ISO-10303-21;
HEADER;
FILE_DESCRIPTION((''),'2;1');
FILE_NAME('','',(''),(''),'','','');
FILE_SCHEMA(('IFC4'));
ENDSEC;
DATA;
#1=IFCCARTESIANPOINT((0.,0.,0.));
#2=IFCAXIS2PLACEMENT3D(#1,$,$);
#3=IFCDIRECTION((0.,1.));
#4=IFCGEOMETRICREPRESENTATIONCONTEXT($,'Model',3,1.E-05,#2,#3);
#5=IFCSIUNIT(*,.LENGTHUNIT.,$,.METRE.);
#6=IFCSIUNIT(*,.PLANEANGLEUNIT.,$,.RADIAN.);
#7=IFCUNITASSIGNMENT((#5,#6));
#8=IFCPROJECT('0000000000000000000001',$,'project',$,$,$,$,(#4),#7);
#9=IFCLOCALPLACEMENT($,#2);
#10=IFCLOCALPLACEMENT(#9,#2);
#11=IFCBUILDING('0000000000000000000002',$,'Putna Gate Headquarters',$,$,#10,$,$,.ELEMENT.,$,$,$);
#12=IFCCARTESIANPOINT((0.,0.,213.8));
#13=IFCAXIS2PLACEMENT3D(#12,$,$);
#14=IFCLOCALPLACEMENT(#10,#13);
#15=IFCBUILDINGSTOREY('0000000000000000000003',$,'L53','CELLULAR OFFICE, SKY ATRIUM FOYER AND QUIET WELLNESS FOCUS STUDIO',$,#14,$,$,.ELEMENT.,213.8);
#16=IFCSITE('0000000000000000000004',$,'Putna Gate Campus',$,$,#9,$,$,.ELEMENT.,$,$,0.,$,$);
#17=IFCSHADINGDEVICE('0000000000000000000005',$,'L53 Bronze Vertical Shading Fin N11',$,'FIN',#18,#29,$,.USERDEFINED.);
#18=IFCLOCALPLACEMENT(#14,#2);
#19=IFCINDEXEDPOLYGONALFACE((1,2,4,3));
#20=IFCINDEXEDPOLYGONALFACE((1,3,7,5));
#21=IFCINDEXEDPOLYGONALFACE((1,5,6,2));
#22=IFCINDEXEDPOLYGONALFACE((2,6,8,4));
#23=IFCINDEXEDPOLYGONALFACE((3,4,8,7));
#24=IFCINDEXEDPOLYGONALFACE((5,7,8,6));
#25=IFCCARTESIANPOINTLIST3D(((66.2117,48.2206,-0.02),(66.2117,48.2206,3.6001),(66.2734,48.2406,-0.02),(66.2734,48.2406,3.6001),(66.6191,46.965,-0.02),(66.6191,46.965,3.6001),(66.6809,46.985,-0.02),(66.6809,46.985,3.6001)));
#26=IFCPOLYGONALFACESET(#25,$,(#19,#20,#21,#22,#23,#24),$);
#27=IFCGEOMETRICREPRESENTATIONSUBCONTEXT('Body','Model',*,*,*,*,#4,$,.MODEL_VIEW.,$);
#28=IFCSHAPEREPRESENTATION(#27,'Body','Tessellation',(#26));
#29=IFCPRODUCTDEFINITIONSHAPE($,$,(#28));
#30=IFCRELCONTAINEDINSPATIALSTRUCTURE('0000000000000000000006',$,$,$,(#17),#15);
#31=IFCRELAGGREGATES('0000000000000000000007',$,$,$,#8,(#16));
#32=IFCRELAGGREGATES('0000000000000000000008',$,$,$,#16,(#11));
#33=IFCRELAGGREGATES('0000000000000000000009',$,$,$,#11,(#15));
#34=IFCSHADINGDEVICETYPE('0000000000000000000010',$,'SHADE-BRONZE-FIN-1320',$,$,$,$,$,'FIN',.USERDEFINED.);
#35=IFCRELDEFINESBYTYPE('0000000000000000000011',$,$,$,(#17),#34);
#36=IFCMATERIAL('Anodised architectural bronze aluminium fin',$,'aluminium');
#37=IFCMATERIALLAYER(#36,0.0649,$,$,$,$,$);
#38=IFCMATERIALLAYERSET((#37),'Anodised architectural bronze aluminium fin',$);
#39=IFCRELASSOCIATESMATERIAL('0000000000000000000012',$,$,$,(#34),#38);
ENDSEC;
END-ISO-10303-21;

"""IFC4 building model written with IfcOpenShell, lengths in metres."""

from ifc_helpers import new_model, si_unit, direction, frame, origin, origin_2d, place, context, subcontext, project, spatial, rectangle, extrude, material, layer, layer_set, type_object, element, save


model = new_model("IFC4")

# Units and contexts
model_context = context("Model", 3, precision=1e-05, world=origin(), true_north=direction((0.0, 1.0)))
body_context = subcontext(model_context, "Body", "Model", "MODEL_VIEW")
ifc_project = project(units=[si_unit("LENGTHUNIT", "METRE"), si_unit("PLANEANGLEUNIT", "RADIAN")], contexts=[model_context])

# Site, building, storey
site_placement = place(None, origin())
site = spatial("IfcSite", under=ifc_project, at=site_placement, Name="Putna Gate Campus", CompositionType="ELEMENT", RefElevation=0.0)
building_placement = place(site_placement, origin())
building = spatial("IfcBuilding", under=site, at=building_placement, Name="Putna Gate Headquarters", CompositionType="ELEMENT")
storey_placement = place(building_placement, frame((0.0, 0.0, 213.8)))
storey = spatial("IfcBuildingStorey", under=building, at=storey_placement, Name="L53", Description="CELLULAR OFFICE, SKY ATRIUM FOYER AND QUIET WELLNESS FOCUS STUDIO", CompositionType="ELEMENT", Elevation=213.8)

# Shading device
ifc_material_1 = material(Name="Anodised architectural bronze aluminium fin", Category="aluminium")
ifc_layer_1 = layer(ifc_material_1, 0.0649)
ifc_layer_set_1 = layer_set([ifc_layer_1], Name="Anodised architectural bronze aluminium fin")
shading_device_type = type_object("IfcShadingDeviceType", Name="SHADE-BRONZE-FIN-1320", ElementType="FIN", PredefinedType="USERDEFINED", material=ifc_layer_set_1)
for number, where, z_axis, x_axis, name in (
    (1, (66.4463, 47.6028, -0.02), (0.0, 0.0, 1.0), (-0.308685, 0.951164, 0.0), "L53 Bronze Vertical Shading Fin N11"),
):
    element("IfcShadingDevice", number, at=place(storey_placement, frame(where, z_axis=z_axis, x_axis=x_axis)), inside=storey, type_object=shading_device_type, Name=name, ObjectType="FIN", PredefinedType="USERDEFINED", context=body_context, shape_type="SweptSolid", body=[
        extrude(rectangle(XDim=1.3201, YDim=0.0649, at=origin_2d()), origin(), (0.0, 0.0, 1.0), 3.6201),
    ])

save(model, "model.ifc")
